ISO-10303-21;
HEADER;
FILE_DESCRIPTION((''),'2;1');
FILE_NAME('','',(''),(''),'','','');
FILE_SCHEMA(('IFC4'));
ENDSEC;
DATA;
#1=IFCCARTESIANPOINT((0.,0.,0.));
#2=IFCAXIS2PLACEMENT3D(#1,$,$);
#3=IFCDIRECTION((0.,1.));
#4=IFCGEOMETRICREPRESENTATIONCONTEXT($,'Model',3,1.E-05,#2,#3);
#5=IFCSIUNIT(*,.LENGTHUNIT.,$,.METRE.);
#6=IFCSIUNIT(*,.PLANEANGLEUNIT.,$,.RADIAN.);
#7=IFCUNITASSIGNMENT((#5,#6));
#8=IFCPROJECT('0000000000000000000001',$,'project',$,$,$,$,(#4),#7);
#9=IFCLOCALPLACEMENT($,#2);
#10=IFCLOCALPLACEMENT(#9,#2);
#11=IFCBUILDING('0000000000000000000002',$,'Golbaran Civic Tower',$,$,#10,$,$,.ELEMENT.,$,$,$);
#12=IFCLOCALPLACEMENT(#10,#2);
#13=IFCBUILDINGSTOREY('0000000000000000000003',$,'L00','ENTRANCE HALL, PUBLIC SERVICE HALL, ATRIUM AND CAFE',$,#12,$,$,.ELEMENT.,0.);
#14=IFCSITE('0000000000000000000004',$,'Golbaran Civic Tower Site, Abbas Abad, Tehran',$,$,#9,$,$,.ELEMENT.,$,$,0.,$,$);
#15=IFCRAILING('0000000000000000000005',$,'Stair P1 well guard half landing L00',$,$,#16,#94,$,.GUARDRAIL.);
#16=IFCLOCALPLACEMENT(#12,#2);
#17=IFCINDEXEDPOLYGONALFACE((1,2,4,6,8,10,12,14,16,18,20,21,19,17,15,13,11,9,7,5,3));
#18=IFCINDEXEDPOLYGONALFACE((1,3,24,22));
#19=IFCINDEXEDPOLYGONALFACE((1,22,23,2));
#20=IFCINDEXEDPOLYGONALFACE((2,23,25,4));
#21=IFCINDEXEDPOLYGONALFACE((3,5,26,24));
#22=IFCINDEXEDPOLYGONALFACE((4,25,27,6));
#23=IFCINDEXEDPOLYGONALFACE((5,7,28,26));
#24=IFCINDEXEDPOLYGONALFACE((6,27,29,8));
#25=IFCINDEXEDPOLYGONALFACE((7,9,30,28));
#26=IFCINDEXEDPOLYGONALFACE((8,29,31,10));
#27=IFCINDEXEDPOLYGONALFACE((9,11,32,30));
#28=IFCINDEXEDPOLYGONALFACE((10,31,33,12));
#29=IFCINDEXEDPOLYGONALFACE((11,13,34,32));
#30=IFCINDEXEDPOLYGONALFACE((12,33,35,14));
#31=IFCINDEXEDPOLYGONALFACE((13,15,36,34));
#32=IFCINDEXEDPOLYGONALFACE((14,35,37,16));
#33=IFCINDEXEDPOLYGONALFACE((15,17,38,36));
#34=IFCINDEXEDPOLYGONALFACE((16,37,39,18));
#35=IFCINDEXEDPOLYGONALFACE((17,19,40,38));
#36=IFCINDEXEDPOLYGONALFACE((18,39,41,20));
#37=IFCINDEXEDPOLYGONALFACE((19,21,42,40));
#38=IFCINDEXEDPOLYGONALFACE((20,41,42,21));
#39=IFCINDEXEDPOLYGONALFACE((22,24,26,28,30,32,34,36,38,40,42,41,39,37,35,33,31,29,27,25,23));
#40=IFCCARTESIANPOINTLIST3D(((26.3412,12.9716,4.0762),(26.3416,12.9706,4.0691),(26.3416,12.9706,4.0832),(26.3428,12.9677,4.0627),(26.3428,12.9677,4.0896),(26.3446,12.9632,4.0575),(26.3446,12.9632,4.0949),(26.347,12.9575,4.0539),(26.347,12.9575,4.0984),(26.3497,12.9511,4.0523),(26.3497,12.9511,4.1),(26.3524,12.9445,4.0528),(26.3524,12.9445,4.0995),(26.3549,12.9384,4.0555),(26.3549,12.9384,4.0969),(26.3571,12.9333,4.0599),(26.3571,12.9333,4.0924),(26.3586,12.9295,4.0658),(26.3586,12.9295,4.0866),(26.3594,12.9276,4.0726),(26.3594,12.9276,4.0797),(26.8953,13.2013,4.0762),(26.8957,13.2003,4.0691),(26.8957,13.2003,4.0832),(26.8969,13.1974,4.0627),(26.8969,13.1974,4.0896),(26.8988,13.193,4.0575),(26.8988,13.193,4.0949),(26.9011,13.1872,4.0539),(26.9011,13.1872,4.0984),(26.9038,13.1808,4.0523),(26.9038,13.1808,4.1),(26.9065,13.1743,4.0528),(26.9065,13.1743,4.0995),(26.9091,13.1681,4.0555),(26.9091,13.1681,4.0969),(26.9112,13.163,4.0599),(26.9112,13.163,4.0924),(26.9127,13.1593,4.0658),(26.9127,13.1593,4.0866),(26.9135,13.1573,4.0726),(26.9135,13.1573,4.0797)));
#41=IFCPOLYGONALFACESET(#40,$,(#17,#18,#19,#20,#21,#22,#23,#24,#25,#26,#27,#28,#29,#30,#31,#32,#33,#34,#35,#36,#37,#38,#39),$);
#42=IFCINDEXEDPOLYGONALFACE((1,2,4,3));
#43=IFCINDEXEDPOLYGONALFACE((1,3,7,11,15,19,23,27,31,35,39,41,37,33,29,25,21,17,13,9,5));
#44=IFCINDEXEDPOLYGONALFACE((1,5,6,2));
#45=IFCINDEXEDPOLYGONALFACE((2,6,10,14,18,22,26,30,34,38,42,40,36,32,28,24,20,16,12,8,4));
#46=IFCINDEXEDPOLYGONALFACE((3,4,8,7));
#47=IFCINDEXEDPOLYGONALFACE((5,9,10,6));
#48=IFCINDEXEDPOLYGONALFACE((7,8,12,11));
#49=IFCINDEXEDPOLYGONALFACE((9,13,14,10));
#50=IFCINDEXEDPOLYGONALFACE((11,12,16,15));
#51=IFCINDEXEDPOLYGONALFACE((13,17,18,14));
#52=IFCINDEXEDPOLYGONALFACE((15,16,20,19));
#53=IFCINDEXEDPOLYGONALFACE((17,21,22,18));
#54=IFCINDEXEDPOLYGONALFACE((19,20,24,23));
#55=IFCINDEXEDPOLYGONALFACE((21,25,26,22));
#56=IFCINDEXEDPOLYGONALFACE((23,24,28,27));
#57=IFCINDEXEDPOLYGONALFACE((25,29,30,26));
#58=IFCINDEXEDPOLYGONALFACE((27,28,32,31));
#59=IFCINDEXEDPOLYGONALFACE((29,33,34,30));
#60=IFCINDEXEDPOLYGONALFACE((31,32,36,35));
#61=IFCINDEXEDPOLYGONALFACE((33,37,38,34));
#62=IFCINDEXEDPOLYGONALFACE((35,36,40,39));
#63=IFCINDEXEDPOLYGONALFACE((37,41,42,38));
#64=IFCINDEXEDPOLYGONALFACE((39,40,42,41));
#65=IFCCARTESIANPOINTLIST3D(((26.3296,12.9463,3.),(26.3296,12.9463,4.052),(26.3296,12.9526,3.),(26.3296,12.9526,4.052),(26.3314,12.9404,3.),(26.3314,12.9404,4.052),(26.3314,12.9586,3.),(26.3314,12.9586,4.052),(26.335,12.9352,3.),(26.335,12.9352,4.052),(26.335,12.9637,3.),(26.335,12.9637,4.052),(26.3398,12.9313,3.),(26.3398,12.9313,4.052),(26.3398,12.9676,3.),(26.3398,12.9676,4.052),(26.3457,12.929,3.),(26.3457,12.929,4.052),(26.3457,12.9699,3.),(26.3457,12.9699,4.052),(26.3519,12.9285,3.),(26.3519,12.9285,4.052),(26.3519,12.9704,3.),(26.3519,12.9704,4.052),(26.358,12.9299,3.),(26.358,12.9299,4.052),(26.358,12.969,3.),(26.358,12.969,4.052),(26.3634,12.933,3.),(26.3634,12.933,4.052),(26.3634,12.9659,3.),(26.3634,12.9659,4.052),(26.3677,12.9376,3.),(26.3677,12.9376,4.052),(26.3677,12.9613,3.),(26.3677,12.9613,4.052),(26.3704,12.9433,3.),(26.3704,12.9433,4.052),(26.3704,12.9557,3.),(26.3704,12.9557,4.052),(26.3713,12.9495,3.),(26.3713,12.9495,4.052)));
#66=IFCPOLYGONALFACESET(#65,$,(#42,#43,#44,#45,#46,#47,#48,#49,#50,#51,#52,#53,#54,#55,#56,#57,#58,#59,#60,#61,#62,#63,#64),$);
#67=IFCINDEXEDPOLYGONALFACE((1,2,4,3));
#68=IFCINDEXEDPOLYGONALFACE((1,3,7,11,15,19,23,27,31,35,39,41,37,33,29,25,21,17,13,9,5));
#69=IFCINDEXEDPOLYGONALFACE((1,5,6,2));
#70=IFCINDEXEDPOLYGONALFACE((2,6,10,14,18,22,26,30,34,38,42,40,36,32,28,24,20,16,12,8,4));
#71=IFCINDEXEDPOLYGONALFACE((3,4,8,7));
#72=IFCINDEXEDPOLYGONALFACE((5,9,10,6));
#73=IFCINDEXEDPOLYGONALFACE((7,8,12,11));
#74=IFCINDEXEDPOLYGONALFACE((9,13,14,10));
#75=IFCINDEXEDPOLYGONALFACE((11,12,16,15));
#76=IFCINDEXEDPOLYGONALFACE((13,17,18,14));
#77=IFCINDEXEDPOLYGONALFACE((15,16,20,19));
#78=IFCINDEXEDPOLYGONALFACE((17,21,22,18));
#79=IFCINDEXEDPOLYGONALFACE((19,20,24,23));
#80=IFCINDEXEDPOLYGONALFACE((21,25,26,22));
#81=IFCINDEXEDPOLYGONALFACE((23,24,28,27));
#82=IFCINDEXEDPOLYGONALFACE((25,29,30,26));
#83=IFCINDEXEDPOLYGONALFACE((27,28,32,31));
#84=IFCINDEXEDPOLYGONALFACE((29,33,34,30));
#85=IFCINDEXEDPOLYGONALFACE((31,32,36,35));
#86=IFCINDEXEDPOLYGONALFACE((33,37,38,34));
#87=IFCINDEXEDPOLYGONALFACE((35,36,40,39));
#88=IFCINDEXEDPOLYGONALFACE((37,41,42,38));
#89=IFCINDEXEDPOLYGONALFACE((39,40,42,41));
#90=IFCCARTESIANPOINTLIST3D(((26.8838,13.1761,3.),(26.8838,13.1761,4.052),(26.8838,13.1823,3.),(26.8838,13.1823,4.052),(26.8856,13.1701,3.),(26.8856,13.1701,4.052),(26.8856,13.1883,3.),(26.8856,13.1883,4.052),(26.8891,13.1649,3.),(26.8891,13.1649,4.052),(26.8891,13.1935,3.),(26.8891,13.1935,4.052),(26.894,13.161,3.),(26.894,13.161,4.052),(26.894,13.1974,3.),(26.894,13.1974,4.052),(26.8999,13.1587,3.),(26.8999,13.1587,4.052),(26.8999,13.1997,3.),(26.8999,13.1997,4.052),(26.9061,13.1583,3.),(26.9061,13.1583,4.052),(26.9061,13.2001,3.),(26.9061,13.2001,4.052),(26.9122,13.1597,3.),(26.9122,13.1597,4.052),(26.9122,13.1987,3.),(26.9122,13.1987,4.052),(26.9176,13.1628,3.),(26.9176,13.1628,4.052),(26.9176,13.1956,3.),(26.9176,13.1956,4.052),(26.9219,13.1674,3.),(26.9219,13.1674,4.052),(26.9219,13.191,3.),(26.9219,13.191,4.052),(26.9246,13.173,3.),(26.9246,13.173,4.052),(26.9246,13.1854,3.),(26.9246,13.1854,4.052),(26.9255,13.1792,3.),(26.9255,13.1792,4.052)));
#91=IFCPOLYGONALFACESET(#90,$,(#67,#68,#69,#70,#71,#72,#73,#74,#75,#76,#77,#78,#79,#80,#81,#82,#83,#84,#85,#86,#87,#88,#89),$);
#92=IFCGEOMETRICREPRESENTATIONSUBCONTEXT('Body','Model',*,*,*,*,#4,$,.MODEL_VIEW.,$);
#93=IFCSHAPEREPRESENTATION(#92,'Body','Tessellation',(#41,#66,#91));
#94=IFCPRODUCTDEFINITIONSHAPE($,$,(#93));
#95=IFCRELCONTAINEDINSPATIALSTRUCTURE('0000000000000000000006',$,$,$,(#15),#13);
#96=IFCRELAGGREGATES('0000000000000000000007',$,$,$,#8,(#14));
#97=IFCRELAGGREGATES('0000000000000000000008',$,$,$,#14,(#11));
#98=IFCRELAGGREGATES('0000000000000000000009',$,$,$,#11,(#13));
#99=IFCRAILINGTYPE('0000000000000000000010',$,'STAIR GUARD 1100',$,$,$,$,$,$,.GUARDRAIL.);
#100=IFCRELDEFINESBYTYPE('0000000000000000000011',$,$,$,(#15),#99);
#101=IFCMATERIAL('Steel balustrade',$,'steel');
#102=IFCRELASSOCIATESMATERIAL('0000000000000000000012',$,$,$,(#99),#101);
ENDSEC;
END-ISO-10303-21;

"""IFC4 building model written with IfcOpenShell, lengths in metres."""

from ifc_helpers import new_model, si_unit, direction, frame, origin, origin_2d, place, context, subcontext, project, spatial, circle, extrude, material, type_object, element, save


model = new_model("IFC4")

# Units and contexts
model_context = context("Model", 3, precision=1e-05, world=origin(), true_north=direction((0.0, 1.0)))
body_context = subcontext(model_context, "Body", "Model", "MODEL_VIEW")
ifc_project = project(units=[si_unit("LENGTHUNIT", "METRE"), si_unit("PLANEANGLEUNIT", "RADIAN")], contexts=[model_context])

# Site, building, storey
site_placement = place(None, origin())
site = spatial("IfcSite", under=ifc_project, at=site_placement, Name="Golbaran Civic Tower Site, Abbas Abad, Tehran", CompositionType="ELEMENT", RefElevation=0.0)
building_placement = place(site_placement, origin())
building = spatial("IfcBuilding", under=site, at=building_placement, Name="Golbaran Civic Tower", CompositionType="ELEMENT")
storey_placement = place(building_placement, origin())
storey = spatial("IfcBuildingStorey", under=building, at=storey_placement, Name="L00", Description="ENTRANCE HALL, PUBLIC SERVICE HALL, ATRIUM AND CAFE", CompositionType="ELEMENT", Elevation=0.0)

# Railing
ifc_material_1 = material(Name="Steel balustrade", Category="steel")
railing_type_1 = type_object("IfcRailingType", Name="STAIR GUARD 1100", PredefinedType="GUARDRAIL", material=ifc_material_1)
railing_1_placement = place(storey_placement, frame((26.3503, 12.9495, 3.0)))
element("IfcRailing", 1, at=railing_1_placement, inside=storey, type_object=railing_type_1, Name="Stair P1 well guard half landing L00", PredefinedType="GUARDRAIL", context=body_context, shape_type="SweptSolid", body=[
    extrude(circle(Radius=0.0239, at=origin_2d()), frame((0.0, 0.0, 1.0762), z_axis=(0.923774, 0.382939, 0.0), x_axis=(-0.382939, 0.923774, 0.0)), (0.0, 0.0, 1.0), 0.5999),
    extrude(circle(Radius=0.021, at=origin_2d()), origin(), (0.0, 0.0, 1.0), 1.052),
    extrude(circle(Radius=0.021, at=origin_2d()), frame((0.5542, 0.2297, 0.0)), (0.0, 0.0, 1.0), 1.052),
])

save(model, "model.ifc")
